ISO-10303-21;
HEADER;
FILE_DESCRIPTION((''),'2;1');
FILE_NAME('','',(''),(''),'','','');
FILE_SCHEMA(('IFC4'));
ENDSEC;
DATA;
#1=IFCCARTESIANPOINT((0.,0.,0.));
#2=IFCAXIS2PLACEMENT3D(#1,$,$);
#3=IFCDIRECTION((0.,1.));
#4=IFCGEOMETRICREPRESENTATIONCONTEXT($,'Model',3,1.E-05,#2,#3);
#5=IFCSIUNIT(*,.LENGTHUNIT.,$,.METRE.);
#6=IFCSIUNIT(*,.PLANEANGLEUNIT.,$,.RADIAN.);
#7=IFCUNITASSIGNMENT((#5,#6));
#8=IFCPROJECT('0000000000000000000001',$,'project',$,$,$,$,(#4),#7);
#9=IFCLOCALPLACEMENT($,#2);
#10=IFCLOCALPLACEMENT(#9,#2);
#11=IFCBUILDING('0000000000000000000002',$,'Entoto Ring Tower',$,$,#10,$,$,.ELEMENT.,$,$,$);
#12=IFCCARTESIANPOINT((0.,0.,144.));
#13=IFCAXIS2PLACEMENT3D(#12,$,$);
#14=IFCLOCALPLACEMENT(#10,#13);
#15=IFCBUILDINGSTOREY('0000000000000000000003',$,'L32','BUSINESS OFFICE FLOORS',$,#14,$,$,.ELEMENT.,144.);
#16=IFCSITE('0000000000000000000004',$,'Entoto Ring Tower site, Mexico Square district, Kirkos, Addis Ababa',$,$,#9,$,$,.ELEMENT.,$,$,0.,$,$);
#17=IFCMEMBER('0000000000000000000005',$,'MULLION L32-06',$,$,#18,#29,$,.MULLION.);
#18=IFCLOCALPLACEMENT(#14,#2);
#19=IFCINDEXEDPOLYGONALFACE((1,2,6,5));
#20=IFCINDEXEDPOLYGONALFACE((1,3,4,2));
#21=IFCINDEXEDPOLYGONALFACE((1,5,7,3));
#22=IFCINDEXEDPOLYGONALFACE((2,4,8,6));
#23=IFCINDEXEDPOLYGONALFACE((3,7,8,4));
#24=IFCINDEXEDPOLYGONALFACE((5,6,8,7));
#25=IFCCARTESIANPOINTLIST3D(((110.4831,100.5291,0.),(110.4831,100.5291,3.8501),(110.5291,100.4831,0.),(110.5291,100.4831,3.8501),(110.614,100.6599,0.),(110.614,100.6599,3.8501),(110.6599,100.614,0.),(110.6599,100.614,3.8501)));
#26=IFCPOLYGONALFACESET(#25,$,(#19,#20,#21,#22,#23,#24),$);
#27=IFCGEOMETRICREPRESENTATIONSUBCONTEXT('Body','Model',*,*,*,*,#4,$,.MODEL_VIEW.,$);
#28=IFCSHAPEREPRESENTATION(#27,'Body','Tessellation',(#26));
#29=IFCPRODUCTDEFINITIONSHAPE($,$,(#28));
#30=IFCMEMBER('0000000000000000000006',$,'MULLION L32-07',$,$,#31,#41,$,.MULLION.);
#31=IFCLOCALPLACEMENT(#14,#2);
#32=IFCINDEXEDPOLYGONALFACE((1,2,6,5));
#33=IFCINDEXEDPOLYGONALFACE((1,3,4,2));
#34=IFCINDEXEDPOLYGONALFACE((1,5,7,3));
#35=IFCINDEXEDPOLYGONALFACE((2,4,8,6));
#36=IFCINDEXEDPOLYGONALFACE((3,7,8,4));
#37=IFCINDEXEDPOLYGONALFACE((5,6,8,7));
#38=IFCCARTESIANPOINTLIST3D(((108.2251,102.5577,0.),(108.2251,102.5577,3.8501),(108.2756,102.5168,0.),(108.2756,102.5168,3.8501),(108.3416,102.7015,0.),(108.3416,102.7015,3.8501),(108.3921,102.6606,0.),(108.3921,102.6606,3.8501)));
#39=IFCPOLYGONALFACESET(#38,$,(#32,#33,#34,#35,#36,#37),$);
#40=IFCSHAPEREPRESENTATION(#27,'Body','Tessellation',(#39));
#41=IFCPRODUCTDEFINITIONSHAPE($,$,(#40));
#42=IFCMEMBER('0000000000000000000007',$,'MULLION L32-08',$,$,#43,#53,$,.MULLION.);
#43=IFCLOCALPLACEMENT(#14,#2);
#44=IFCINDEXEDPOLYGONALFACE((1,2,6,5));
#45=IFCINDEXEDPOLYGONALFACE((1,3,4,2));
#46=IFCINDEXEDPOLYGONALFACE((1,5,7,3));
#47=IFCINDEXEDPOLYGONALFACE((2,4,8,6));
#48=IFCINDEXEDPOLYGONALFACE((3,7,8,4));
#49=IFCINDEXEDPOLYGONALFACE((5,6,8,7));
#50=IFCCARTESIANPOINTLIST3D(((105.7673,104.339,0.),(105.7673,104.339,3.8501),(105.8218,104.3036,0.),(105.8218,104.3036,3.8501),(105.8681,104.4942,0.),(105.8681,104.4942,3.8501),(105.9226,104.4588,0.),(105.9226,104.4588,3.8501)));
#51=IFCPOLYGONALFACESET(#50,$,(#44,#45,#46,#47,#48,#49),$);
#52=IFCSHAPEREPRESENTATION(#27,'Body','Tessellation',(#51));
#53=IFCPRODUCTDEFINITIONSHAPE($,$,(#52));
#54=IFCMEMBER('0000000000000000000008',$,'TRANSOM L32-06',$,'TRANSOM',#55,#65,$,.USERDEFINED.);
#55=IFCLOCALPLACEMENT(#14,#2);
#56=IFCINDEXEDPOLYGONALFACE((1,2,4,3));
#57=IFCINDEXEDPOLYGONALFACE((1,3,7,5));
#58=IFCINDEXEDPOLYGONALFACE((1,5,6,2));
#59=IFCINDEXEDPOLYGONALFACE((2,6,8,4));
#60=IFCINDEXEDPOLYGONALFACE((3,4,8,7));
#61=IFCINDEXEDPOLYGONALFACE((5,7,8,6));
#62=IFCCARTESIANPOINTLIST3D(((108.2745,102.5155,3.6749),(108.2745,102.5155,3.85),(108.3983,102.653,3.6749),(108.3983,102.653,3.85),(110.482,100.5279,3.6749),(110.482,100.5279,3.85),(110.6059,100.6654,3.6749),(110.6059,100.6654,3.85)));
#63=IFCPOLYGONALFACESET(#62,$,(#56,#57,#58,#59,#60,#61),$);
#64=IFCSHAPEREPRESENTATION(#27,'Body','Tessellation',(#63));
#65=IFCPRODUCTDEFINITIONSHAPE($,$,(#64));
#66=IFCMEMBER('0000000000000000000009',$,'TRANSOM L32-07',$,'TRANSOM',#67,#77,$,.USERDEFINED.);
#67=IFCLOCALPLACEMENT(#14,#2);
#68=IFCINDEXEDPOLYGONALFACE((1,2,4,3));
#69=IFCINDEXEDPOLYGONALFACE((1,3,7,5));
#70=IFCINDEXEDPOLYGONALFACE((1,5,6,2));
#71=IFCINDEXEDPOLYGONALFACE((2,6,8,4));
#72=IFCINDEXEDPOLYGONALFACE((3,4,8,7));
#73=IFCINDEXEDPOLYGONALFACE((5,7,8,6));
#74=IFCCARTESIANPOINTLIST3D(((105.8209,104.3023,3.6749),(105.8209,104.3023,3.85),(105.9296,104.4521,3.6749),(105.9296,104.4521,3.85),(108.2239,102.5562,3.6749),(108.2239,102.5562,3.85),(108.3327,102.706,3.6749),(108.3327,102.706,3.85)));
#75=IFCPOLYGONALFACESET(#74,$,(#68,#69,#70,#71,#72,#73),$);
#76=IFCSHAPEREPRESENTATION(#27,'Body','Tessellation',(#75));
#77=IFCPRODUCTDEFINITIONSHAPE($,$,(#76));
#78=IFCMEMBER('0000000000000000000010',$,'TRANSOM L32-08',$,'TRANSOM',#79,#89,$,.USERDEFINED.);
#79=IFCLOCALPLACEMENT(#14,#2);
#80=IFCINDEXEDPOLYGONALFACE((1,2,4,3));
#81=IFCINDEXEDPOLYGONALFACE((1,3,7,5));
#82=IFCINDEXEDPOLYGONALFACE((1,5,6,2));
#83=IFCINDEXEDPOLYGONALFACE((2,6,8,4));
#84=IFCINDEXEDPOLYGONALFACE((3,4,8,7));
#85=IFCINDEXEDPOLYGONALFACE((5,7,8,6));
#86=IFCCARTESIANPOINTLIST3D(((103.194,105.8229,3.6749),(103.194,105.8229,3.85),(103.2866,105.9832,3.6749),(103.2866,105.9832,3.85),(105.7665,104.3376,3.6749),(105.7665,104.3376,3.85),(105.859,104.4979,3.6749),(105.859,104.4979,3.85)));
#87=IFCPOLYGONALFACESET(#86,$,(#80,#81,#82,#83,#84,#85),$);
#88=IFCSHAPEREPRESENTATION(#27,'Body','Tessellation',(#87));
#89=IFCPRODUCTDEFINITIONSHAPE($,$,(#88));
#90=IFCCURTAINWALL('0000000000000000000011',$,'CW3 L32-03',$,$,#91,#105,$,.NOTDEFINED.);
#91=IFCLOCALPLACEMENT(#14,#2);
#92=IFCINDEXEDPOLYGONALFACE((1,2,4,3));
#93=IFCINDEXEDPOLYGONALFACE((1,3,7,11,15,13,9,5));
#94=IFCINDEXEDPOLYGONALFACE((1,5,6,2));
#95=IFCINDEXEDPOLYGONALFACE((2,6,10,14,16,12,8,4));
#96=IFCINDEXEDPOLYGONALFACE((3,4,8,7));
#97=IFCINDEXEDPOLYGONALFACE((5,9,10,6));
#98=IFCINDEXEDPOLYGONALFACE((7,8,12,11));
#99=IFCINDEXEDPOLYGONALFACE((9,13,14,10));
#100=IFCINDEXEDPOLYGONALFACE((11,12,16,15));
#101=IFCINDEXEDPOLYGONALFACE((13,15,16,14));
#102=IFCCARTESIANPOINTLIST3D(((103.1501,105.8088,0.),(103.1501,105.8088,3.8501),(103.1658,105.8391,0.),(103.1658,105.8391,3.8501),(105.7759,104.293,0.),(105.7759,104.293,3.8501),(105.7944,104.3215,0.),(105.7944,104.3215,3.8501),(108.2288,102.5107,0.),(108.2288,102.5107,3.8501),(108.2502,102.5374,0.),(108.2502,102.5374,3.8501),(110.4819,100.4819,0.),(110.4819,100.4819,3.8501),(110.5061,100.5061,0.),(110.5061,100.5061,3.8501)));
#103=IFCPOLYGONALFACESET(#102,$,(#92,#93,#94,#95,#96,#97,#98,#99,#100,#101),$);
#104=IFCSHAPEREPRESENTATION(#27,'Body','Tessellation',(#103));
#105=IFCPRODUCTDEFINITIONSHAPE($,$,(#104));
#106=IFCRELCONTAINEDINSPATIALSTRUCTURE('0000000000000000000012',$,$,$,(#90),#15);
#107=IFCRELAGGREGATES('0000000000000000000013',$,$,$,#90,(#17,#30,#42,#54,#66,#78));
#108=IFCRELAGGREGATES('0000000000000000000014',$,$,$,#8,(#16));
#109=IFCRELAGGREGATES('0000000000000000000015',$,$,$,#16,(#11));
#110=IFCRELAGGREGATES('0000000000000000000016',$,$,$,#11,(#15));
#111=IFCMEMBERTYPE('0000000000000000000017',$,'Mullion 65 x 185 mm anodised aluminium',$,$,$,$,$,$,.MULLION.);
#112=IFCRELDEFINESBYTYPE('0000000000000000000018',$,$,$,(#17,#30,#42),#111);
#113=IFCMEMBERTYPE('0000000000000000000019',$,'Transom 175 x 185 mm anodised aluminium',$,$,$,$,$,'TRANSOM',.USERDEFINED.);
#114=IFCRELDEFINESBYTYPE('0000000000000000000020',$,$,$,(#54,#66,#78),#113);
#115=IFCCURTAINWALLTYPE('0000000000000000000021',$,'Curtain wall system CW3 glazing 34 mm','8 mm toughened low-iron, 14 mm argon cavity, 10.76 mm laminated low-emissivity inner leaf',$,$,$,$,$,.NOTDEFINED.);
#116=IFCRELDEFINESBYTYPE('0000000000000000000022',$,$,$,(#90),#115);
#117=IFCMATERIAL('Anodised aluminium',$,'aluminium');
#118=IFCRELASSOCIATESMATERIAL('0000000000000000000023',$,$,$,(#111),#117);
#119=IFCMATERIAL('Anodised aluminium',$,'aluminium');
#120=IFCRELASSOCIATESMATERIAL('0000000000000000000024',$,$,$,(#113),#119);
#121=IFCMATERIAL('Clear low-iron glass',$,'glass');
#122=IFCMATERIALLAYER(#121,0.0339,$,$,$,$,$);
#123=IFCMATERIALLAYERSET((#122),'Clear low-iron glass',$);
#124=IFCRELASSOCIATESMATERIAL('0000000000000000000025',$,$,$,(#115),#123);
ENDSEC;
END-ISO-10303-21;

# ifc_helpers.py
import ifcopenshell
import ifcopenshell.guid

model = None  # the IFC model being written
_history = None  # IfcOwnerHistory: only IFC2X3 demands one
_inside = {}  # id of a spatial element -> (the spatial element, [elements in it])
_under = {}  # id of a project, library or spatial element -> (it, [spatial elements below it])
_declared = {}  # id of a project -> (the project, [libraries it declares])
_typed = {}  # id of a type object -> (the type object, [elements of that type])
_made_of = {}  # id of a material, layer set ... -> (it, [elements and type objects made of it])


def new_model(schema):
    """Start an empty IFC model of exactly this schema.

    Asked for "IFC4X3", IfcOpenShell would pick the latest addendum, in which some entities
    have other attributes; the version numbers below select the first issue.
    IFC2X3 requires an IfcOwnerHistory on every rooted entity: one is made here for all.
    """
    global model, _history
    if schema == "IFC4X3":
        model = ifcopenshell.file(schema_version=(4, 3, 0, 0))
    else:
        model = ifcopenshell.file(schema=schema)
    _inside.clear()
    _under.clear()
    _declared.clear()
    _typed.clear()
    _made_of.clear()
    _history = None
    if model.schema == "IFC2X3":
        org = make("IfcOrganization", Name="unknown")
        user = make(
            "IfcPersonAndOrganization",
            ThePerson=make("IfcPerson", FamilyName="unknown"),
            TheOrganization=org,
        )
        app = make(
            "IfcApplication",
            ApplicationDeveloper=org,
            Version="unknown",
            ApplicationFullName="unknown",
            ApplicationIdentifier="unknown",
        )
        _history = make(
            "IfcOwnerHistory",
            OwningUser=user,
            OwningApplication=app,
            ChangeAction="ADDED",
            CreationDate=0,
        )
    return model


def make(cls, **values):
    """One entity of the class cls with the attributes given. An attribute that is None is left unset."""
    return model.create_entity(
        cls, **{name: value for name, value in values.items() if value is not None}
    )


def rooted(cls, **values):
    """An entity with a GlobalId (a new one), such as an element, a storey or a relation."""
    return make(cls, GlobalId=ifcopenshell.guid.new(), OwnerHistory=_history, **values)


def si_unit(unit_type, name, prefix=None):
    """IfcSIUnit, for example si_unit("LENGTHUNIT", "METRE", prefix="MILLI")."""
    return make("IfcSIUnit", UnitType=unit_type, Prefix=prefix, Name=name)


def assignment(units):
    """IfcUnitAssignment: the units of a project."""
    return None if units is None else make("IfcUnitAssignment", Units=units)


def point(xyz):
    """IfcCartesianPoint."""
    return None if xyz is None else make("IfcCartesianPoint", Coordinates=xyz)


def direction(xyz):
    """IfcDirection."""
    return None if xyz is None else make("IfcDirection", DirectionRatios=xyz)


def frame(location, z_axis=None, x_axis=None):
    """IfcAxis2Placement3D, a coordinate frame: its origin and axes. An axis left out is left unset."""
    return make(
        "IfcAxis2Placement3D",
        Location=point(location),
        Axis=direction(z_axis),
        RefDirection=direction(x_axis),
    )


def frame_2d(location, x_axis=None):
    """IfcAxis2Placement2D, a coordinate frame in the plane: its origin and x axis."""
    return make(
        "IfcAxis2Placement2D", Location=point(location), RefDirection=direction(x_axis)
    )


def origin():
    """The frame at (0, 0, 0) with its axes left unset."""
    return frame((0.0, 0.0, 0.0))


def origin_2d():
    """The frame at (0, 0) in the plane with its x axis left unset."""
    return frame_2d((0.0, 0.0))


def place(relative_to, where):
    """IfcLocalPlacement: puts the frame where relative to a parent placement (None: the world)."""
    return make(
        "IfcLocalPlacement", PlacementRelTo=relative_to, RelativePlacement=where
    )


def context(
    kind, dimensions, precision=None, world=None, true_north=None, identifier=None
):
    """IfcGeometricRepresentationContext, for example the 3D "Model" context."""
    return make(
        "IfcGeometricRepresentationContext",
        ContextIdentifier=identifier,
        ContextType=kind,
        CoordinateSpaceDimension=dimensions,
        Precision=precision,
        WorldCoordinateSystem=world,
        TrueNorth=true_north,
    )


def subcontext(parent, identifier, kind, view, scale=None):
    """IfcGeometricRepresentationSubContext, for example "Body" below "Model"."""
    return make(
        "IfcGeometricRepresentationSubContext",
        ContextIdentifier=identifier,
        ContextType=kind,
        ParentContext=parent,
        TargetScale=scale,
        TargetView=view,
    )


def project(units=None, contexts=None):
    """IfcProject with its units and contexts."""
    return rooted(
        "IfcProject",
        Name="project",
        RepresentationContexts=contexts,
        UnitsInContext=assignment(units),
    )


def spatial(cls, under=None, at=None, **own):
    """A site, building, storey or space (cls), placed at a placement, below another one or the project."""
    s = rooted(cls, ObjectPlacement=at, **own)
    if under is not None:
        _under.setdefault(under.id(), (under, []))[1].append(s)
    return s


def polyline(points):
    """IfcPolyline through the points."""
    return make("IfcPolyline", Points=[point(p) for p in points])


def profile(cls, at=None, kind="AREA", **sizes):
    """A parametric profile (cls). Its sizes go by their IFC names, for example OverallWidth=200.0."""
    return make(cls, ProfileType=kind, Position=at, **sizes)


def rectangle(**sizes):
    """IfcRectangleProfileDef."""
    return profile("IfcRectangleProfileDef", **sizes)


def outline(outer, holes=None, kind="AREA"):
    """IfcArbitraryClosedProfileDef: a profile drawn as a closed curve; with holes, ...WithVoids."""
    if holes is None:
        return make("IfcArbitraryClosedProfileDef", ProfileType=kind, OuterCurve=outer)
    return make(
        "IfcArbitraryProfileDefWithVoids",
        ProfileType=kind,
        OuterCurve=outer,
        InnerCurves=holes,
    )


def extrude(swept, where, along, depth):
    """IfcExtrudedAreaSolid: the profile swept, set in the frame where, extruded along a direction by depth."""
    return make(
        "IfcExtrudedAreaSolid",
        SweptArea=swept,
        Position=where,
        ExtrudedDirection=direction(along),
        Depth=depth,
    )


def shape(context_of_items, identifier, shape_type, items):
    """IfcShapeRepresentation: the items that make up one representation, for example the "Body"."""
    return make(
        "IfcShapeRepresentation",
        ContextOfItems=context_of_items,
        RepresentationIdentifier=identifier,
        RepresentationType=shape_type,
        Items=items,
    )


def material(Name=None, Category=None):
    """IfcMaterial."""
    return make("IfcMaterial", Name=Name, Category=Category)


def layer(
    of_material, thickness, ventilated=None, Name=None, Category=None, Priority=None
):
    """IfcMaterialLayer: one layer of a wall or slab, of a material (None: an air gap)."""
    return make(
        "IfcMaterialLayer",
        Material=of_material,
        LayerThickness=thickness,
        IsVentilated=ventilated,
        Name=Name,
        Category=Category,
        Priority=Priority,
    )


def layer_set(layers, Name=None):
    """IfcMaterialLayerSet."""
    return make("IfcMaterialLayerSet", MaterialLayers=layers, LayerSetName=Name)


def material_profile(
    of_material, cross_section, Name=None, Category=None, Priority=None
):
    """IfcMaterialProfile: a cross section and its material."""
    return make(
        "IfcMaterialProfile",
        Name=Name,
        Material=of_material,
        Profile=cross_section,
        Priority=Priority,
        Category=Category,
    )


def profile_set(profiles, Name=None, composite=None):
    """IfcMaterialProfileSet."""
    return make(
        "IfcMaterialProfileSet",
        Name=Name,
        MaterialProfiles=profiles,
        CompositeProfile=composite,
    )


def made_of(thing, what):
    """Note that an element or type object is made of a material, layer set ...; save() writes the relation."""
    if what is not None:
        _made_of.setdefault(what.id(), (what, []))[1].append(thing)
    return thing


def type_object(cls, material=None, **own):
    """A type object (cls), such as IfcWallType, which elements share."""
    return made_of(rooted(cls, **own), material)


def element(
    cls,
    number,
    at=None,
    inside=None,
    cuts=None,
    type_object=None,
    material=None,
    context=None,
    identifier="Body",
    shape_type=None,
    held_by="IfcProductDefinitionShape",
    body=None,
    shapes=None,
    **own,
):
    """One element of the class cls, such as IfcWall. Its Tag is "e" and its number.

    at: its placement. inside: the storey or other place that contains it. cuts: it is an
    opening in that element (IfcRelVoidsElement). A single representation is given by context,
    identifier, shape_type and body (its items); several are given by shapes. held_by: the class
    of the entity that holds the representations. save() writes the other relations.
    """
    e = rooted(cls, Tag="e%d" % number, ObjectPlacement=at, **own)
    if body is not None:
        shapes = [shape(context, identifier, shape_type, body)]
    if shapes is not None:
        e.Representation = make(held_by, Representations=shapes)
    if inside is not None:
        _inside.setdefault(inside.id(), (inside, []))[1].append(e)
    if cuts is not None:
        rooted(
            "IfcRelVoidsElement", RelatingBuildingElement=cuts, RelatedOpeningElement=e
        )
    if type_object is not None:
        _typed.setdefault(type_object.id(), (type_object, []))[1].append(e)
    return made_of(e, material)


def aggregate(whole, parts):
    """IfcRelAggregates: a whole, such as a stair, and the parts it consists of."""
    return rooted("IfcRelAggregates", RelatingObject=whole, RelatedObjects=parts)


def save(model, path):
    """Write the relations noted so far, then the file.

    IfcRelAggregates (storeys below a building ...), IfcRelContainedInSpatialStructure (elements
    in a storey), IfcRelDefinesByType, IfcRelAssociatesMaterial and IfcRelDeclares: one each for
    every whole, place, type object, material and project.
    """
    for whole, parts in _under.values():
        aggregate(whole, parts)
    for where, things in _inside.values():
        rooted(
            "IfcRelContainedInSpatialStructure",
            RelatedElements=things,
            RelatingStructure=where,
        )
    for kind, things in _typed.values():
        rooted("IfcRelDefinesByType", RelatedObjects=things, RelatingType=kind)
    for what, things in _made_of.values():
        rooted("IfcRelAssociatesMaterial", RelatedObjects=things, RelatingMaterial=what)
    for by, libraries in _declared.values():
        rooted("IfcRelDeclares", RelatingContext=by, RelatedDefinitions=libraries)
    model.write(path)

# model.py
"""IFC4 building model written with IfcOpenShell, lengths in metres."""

from ifc_helpers import new_model, si_unit, direction, frame, origin, origin_2d, place, context, subcontext, project, spatial, polyline, rectangle, outline, extrude, material, layer, layer_set, material_profile, profile_set, type_object, element, aggregate, save


model = new_model("IFC4")

# Units and contexts
model_context = context("Model", 3, precision=1e-05, world=origin(), true_north=direction((0.0, 1.0)))
body_context = subcontext(model_context, "Body", "Model", "MODEL_VIEW")
ifc_project = project(units=[si_unit("LENGTHUNIT", "METRE"), si_unit("PLANEANGLEUNIT", "RADIAN")], contexts=[model_context])

# Members
ifc_material_1 = material(Name="Anodised aluminium", Category="aluminium")
ifc_material_profile_1 = material_profile(ifc_material_1, rectangle(XDim=0.0649, YDim=0.1851, at=origin_2d()), Name="Mullion 65 x 185 mm anodised aluminium")
ifc_profile_set_1 = profile_set([ifc_material_profile_1], Name="Anodised aluminium")
member_type_1 = type_object("IfcMemberType", Name="Mullion 65 x 185 mm anodised aluminium", PredefinedType="MULLION", material=ifc_profile_set_1)
site_placement = place(None, origin())
building_placement = place(site_placement, origin())
storey_placement = place(building_placement, frame((0.0, 0.0, 144.0)))
member_1_placement = place(storey_placement, frame((110.5715, 100.5715, 0.0), z_axis=(0.0, 0.0, 1.0), x_axis=(-0.707107, 0.707107, 0.0)))
member_1 = element("IfcMember", 1, at=member_1_placement, type_object=member_type_1, Name="MULLION L32-06", PredefinedType="MULLION", context=body_context, shape_type="SweptSolid", body=[
    extrude(rectangle(XDim=0.0649, YDim=0.1851, at=origin_2d()), origin(), (0.0, 0.0, 1.0), 3.8501),
])
member_2_placement = place(storey_placement, frame((108.3086, 102.6091, 0.0), z_axis=(0.0, 0.0, 1.0), x_axis=(-0.777146, 0.62932, 0.0)))
member_2 = element("IfcMember", 2, at=member_2_placement, type_object=member_type_1, Name="MULLION L32-07", PredefinedType="MULLION", context=body_context, shape_type="SweptSolid", body=[
    extrude(rectangle(XDim=0.0649, YDim=0.1851, at=origin_2d()), origin(), (0.0, 0.0, 1.0), 3.8501),
])
member_3_placement = place(storey_placement, frame((105.845, 104.3989, 0.0), z_axis=(0.0, 0.0, 1.0), x_axis=(-0.838671, 0.544639, 0.0)))
member_3 = element("IfcMember", 3, at=member_3_placement, type_object=member_type_1, Name="MULLION L32-08", PredefinedType="MULLION", context=body_context, shape_type="SweptSolid", body=[
    extrude(rectangle(XDim=0.0649, YDim=0.1851, at=origin_2d()), origin(), (0.0, 0.0, 1.0), 3.8501),
])
ifc_material_2 = material(Name="Anodised aluminium", Category="aluminium")
ifc_material_profile_2 = material_profile(ifc_material_2, rectangle(XDim=0.1851, YDim=0.175, at=origin_2d()), Name="Transom 175 x 185 mm anodised aluminium")
ifc_profile_set_2 = profile_set([ifc_material_profile_2], Name="Anodised aluminium")
member_type_2 = type_object("IfcMemberType", Name="Transom 175 x 185 mm anodised aluminium", ElementType="TRANSOM", PredefinedType="USERDEFINED", material=ifc_profile_set_2)
member_4_placement = place(storey_placement, frame((110.5439, 100.5967, 3.7625), z_axis=(-0.743163, 0.66911, 0.0), x_axis=(-0.66911, -0.743163, 0.0)))
member_4 = element("IfcMember", 4, at=member_4_placement, type_object=member_type_2, Name="TRANSOM L32-06", ObjectType="TRANSOM", PredefinedType="USERDEFINED", context=body_context, shape_type="SweptSolid", body=[
    extrude(rectangle(XDim=0.1851, YDim=0.175, at=origin_2d()), origin(), (0.0, 0.0, 1.0), 2.9705),
])
member_5_placement = place(storey_placement, frame((108.2783, 102.6311, 3.7625), z_axis=(-0.808992, 0.58782, 0.0), x_axis=(-0.58782, -0.808992, 0.0)))
member_5 = element("IfcMember", 5, at=member_5_placement, type_object=member_type_2, Name="TRANSOM L32-07", ObjectType="TRANSOM", PredefinedType="USERDEFINED", context=body_context, shape_type="SweptSolid", body=[
    extrude(rectangle(XDim=0.1851, YDim=0.175, at=origin_2d()), origin(), (0.0, 0.0, 1.0), 2.9705),
])
member_6_placement = place(storey_placement, frame((105.8127, 104.4177, 3.7625), z_axis=(-0.866009, 0.500028, 0.0), x_axis=(-0.500028, -0.866009, 0.0)))
member_6 = element("IfcMember", 6, at=member_6_placement, type_object=member_type_2, Name="TRANSOM L32-08", ObjectType="TRANSOM", PredefinedType="USERDEFINED", context=body_context, shape_type="SweptSolid", body=[
    extrude(rectangle(XDim=0.1851, YDim=0.175, at=origin_2d()), origin(), (0.0, 0.0, 1.0), 2.9705),
])

# Site, building, storey
site = spatial("IfcSite", under=ifc_project, at=site_placement, Name="Entoto Ring Tower site, Mexico Square district, Kirkos, Addis Ababa", CompositionType="ELEMENT", RefElevation=0.0)
building = spatial("IfcBuilding", under=site, at=building_placement, Name="Entoto Ring Tower", CompositionType="ELEMENT")
storey = spatial("IfcBuildingStorey", under=building, at=storey_placement, Name="L32", Description="BUSINESS OFFICE FLOORS", CompositionType="ELEMENT", Elevation=144.0)

# Curtain wall
ifc_material_3 = material(Name="Clear low-iron glass", Category="glass")
ifc_layer = layer(ifc_material_3, 0.0339)
ifc_layer_set = layer_set([ifc_layer], Name="Clear low-iron glass")
curtain_wall_type = type_object("IfcCurtainWallType", Name="Curtain wall system CW3 glazing 34 mm", Description="8 mm toughened low-iron, 14 mm argon cavity, 10.76 mm laminated low-emissivity inner leaf", PredefinedType="NOTDEFINED", material=ifc_layer_set)
curtain_wall_1_placement = place(storey_placement, origin())
curtain_wall_1 = element("IfcCurtainWall", 7, at=curtain_wall_1_placement, inside=storey, type_object=curtain_wall_type, Name="CW3 L32-03", PredefinedType="NOTDEFINED", context=body_context, shape_type="SweptSolid", body=[
    extrude(outline(polyline([(110.5061, 100.5061), (108.2502, 102.5374), (105.7944, 104.3215), (103.1658, 105.8391), (103.1501, 105.8088), (105.7759, 104.293), (108.2288, 102.5107), (110.4819, 100.4819), (110.5061, 100.5061)])), origin(), (0.0, 0.0, 1.0), 3.8501),
])
aggregate(curtain_wall_1, [member_1, member_2, member_3, member_4, member_5, member_6])

save(model, "model.ifc")
